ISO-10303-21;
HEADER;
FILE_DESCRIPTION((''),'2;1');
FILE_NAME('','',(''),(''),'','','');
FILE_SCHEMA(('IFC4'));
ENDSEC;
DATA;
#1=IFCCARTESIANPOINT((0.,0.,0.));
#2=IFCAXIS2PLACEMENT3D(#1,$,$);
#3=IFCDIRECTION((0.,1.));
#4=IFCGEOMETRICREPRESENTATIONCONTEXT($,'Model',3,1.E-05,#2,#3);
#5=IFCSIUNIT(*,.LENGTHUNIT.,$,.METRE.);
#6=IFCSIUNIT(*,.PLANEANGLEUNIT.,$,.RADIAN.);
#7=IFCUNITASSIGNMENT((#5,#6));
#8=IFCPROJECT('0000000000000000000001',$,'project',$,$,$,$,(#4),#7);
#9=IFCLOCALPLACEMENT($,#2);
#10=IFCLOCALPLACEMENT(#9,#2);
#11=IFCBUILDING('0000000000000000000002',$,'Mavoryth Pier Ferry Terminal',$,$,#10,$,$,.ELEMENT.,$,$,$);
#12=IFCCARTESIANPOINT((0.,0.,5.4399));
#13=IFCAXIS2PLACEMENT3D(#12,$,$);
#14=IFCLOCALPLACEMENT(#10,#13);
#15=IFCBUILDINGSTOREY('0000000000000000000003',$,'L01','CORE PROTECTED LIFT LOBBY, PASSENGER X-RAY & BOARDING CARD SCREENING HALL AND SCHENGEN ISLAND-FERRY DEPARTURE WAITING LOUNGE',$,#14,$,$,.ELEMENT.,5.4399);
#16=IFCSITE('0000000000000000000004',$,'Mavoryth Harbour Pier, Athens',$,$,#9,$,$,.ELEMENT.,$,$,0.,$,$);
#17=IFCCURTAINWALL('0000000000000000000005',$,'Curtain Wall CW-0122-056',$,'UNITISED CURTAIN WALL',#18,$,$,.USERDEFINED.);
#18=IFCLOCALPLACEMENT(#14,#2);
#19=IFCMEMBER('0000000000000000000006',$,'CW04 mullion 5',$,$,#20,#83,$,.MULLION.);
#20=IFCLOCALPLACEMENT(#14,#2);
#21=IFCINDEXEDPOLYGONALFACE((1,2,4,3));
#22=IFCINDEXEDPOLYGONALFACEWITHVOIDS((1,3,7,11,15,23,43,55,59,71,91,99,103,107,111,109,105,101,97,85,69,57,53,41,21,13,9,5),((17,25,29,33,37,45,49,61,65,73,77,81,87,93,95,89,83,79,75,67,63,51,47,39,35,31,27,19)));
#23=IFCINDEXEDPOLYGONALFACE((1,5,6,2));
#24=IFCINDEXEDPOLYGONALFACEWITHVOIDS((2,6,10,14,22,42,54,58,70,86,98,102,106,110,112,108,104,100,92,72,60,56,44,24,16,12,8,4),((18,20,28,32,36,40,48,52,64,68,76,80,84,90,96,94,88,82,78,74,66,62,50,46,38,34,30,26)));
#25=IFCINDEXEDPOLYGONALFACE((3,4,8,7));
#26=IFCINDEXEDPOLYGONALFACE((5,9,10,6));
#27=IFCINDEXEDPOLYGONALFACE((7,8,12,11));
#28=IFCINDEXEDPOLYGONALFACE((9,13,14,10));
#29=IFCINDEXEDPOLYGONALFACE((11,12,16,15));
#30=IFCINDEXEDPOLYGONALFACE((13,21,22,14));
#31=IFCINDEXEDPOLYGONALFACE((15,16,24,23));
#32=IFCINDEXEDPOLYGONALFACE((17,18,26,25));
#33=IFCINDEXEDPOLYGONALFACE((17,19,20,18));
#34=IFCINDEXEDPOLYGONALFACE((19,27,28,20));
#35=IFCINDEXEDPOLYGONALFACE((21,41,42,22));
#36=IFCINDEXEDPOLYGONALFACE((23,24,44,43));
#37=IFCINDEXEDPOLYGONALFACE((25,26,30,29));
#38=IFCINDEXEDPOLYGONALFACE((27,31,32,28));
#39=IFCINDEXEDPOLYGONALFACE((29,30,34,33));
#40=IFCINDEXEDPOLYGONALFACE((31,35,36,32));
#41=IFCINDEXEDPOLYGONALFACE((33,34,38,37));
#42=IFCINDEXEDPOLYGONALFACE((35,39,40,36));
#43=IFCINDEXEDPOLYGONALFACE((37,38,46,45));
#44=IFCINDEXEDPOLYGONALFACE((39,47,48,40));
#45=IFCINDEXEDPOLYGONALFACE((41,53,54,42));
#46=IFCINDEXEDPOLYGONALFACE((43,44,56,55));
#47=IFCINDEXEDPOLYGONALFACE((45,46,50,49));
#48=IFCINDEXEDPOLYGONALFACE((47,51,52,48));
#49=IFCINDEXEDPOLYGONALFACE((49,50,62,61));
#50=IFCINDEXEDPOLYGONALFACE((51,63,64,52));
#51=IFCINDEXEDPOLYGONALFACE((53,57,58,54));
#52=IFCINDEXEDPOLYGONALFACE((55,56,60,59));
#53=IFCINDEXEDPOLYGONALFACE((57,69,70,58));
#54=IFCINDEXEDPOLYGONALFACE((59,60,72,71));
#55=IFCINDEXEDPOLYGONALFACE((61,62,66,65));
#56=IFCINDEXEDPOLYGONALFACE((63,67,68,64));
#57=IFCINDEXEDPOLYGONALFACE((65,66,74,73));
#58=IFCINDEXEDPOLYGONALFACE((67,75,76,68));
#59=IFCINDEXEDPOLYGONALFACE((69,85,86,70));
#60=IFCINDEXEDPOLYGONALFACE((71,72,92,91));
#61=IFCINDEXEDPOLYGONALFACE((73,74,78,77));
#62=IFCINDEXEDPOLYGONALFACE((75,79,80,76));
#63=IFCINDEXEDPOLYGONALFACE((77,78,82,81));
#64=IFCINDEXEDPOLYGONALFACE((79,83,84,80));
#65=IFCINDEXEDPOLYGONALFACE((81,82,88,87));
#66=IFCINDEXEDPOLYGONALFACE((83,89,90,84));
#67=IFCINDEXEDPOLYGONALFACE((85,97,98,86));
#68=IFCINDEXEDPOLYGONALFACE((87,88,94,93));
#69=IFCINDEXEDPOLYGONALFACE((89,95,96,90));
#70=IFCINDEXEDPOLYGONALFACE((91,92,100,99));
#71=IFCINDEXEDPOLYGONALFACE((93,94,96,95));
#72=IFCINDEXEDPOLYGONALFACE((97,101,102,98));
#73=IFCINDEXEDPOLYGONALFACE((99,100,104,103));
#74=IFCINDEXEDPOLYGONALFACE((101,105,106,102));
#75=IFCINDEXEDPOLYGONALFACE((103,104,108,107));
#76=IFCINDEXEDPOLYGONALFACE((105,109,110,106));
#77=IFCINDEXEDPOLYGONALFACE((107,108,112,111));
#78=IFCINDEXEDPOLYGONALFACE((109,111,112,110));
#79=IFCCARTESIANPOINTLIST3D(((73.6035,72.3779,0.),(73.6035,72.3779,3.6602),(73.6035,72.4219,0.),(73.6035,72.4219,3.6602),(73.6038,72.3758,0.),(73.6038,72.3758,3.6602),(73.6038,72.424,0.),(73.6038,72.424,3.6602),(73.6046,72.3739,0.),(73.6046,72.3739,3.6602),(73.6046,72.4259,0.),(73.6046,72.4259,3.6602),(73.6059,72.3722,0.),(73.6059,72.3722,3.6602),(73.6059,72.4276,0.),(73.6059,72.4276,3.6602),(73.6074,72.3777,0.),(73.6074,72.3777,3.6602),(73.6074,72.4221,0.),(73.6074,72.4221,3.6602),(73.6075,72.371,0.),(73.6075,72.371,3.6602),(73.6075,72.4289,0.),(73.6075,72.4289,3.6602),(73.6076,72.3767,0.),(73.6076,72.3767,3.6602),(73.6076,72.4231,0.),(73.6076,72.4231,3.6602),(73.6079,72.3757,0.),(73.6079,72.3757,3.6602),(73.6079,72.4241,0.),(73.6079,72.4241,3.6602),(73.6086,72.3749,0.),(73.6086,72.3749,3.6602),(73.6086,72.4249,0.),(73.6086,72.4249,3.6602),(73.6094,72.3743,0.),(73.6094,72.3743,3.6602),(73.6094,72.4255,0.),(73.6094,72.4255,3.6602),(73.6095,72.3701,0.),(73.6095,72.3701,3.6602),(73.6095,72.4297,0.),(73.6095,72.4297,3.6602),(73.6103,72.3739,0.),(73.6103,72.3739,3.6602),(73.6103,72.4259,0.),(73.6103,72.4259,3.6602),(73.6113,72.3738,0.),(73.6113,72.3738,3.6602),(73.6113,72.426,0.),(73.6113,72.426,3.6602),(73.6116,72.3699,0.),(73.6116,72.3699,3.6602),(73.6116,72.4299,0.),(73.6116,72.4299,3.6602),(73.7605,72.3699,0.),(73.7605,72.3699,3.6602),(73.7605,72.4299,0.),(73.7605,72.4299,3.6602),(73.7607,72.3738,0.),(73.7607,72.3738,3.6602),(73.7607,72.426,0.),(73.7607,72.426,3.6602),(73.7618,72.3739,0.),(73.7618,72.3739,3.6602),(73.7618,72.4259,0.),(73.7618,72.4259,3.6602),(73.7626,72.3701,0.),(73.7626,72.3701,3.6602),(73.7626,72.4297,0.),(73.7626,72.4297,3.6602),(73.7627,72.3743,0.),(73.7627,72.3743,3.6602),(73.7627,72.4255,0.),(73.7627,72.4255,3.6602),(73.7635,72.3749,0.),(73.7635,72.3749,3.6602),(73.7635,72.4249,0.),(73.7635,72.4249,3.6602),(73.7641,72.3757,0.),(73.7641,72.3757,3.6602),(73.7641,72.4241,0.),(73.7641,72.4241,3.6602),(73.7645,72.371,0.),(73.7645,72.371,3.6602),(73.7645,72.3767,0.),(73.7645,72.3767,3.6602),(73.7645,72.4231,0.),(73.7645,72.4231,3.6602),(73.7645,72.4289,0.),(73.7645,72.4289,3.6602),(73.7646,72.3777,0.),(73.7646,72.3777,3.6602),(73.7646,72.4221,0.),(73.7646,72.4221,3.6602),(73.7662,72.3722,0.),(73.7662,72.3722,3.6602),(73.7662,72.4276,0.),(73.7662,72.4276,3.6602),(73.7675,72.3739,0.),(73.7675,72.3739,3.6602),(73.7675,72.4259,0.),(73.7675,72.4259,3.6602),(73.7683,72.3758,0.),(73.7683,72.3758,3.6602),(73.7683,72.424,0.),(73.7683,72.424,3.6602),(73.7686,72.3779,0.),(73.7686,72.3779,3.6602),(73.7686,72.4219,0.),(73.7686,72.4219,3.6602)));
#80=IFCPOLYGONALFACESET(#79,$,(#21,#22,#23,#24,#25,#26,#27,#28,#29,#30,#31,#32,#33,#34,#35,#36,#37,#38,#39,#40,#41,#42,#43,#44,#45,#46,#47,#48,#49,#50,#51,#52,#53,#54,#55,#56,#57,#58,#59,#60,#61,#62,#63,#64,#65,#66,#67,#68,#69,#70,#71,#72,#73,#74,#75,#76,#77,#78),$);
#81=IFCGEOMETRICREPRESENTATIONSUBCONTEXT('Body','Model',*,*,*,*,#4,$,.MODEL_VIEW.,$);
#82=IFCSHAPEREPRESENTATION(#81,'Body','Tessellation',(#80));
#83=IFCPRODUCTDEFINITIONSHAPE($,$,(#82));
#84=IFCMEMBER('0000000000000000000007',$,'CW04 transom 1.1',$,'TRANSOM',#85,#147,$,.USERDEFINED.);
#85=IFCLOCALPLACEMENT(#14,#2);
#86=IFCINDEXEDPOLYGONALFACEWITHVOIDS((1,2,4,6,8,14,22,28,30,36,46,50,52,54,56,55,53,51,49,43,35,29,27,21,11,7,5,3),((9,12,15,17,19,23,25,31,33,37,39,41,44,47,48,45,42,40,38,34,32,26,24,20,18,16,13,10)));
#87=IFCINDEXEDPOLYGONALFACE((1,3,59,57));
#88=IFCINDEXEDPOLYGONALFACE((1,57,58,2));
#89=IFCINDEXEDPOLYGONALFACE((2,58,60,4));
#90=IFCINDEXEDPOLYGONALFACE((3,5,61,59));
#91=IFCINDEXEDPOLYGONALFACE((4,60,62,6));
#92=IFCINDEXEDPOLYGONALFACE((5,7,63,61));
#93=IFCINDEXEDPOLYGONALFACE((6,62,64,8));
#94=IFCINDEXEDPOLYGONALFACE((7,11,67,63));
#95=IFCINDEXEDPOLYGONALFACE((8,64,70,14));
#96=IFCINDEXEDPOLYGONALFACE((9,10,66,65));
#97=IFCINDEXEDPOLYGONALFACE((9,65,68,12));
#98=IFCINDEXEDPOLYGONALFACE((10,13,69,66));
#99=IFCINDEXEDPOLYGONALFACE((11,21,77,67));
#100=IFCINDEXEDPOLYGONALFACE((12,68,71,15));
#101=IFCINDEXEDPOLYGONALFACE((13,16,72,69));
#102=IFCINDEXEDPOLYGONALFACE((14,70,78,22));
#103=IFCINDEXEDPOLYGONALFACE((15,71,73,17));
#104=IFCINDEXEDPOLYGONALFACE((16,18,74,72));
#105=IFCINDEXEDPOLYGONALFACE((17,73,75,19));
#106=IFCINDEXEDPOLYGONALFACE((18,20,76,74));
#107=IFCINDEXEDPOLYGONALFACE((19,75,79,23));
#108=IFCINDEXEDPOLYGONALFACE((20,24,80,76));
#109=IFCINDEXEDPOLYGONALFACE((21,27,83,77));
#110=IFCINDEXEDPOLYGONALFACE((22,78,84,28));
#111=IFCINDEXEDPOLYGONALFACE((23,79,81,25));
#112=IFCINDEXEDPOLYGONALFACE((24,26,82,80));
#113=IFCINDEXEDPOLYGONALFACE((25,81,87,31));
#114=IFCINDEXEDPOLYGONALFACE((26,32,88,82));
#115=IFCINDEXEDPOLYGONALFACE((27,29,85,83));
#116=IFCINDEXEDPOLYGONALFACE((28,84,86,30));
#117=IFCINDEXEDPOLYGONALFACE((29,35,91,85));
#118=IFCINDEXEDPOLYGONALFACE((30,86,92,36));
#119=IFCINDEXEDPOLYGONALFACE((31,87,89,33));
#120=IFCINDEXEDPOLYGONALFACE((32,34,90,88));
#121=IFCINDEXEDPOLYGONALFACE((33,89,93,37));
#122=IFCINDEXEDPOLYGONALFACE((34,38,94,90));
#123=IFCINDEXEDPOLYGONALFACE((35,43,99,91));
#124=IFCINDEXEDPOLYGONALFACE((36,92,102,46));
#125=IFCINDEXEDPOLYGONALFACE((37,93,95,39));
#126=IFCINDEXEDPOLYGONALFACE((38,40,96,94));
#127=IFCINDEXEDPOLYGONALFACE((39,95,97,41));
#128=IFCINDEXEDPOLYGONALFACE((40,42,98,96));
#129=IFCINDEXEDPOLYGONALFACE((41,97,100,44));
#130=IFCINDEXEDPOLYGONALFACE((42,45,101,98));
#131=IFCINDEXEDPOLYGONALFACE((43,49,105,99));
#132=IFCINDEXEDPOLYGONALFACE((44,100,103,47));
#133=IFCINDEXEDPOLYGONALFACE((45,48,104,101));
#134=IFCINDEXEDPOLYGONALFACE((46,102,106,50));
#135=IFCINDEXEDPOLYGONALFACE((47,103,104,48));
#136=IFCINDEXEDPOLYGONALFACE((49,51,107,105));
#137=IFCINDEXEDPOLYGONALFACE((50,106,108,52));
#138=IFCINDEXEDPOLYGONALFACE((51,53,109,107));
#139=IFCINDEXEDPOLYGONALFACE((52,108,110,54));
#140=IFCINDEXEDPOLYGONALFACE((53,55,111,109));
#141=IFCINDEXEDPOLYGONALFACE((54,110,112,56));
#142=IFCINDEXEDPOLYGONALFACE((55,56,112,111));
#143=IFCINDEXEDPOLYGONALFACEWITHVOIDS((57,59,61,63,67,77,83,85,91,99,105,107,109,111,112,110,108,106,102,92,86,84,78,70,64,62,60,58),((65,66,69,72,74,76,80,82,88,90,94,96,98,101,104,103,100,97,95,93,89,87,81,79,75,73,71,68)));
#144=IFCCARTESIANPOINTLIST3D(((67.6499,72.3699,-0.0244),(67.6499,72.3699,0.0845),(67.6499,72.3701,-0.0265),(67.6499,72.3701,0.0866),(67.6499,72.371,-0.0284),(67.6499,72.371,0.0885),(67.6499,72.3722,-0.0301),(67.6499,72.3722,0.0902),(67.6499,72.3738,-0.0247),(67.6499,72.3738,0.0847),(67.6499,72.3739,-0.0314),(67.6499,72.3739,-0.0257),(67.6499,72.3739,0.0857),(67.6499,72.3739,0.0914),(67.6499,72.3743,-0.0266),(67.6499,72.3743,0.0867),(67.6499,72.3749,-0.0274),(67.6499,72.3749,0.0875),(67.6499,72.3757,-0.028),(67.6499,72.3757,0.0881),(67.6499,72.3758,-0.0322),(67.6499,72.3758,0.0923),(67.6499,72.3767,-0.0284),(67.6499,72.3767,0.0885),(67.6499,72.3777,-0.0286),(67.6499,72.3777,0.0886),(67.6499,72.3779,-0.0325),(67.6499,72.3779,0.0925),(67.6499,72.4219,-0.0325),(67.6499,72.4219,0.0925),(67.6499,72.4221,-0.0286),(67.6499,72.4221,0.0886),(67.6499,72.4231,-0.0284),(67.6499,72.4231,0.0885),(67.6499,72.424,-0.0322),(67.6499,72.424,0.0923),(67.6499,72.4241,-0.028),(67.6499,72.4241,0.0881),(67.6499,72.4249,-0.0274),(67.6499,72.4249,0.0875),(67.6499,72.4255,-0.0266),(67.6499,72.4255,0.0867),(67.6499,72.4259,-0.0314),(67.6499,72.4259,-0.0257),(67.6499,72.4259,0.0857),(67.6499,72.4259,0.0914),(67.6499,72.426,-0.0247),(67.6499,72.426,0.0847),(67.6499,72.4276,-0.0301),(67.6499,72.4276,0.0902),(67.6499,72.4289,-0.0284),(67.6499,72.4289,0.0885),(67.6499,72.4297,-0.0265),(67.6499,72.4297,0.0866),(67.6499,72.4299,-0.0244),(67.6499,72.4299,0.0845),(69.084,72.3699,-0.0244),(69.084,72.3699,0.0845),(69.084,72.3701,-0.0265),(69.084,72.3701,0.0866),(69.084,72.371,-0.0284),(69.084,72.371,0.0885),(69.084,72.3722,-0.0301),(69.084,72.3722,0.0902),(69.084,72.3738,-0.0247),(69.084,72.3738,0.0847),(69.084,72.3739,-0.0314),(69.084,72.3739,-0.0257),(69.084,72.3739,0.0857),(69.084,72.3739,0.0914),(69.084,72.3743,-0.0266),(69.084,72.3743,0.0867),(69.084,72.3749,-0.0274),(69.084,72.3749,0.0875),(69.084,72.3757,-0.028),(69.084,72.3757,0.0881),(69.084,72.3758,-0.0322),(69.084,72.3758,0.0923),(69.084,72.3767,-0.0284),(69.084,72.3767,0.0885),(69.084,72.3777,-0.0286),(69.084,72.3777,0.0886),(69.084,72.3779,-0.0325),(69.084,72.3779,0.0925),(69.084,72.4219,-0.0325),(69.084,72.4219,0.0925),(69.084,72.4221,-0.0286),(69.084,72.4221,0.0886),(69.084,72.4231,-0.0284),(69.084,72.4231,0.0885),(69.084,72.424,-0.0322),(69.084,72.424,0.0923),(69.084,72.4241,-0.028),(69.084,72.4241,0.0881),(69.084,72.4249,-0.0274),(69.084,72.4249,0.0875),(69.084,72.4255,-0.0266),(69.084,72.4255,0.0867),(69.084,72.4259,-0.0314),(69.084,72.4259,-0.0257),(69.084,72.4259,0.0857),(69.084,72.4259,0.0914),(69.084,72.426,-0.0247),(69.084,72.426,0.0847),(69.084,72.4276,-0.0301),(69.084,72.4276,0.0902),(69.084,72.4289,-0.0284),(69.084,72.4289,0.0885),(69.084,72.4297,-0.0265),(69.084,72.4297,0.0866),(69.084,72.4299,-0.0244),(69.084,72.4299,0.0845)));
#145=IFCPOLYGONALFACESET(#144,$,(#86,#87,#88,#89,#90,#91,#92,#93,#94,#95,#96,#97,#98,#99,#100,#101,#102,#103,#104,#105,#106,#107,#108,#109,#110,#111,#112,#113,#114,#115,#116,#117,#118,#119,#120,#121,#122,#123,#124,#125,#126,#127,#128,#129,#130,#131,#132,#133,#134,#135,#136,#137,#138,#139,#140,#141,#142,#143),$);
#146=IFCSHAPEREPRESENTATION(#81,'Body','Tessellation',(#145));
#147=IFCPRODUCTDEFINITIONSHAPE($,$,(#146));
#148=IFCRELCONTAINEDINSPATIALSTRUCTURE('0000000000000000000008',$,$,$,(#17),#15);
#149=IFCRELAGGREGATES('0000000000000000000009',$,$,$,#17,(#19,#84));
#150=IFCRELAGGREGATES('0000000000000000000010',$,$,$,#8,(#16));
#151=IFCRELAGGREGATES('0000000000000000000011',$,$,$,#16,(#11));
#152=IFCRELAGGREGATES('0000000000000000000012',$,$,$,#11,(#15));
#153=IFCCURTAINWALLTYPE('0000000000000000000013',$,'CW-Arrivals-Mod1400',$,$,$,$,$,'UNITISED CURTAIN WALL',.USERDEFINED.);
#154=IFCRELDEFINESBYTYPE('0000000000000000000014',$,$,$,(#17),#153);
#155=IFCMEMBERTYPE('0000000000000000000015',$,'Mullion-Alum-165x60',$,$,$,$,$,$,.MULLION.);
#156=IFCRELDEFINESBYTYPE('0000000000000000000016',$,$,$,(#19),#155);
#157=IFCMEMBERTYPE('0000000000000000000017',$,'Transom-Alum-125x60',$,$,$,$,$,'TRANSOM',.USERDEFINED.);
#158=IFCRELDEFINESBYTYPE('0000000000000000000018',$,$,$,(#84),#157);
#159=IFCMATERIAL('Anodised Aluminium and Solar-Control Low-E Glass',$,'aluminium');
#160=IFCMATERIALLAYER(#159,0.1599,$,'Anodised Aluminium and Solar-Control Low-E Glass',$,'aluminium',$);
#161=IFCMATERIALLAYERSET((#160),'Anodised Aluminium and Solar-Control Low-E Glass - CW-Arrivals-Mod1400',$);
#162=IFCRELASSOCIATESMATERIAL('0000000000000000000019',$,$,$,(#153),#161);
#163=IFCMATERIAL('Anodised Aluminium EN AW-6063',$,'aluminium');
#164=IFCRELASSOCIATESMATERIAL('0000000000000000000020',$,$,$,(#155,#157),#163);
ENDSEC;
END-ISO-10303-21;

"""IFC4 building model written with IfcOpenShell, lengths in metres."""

from ifc_helpers import new_model, si_unit, direction, frame, origin, origin_2d, place, context, subcontext, project, spatial, hollow_rectangle, extrude, material, layer, layer_set, material_profile, profile_set, type_object, element, aggregate, save


model = new_model("IFC4")

# Units and contexts
model_context = context("Model", 3, precision=1e-05, world=origin(), true_north=direction((0.0, 1.0)))
body_context = subcontext(model_context, "Body", "Model", "MODEL_VIEW")
ifc_project = project(units=[si_unit("LENGTHUNIT", "METRE"), si_unit("PLANEANGLEUNIT", "RADIAN")], contexts=[model_context])

# Site, building, storey
site_placement = place(None, origin())
site = spatial("IfcSite", under=ifc_project, at=site_placement, Name="Mavoryth Harbour Pier, Athens", CompositionType="ELEMENT", RefElevation=0.0)
building_placement = place(site_placement, origin())
building = spatial("IfcBuilding", under=site, at=building_placement, Name="Mavoryth Pier Ferry Terminal", CompositionType="ELEMENT")
storey_placement = place(building_placement, frame((0.0, 0.0, 5.4399)))
storey = spatial("IfcBuildingStorey", under=building, at=storey_placement, Name="L01", Description="CORE PROTECTED LIFT LOBBY, PASSENGER X-RAY & BOARDING CARD SCREENING HALL AND SCHENGEN ISLAND-FERRY DEPARTURE WAITING LOUNGE", CompositionType="ELEMENT", Elevation=5.4399)

# Curtain wall, members
ifc_material_1 = material(Name="Anodised Aluminium and Solar-Control Low-E Glass", Category="aluminium")
ifc_layer_1 = layer(ifc_material_1, 0.1599, Name="Anodised Aluminium and Solar-Control Low-E Glass", Category="aluminium")
ifc_layer_set_1 = layer_set([ifc_layer_1], Name="Anodised Aluminium and Solar-Control Low-E Glass - CW-Arrivals-Mod1400")
curtain_wall_type = type_object("IfcCurtainWallType", Name="CW-Arrivals-Mod1400", ElementType="UNITISED CURTAIN WALL", PredefinedType="USERDEFINED", material=ifc_layer_set_1)
curtain_wall_placement = place(storey_placement, origin())
curtain_wall = element("IfcCurtainWall", 1, at=curtain_wall_placement, inside=storey, type_object=curtain_wall_type, Name="Curtain Wall CW-0122-056", ObjectType="UNITISED CURTAIN WALL", PredefinedType="USERDEFINED")
ifc_material_2 = material(Name="Anodised Aluminium EN AW-6063", Category="aluminium")
ifc_material_profile_1 = material_profile(ifc_material_2, hollow_rectangle(XDim=0.0601, YDim=0.165, WallThickness=0.0039, InnerFilletRadius=0.0039, OuterFilletRadius=0.0081, at=origin_2d()), Name="AL-MULL 165x60x4", Category="aluminium")
ifc_profile_set_1 = profile_set([ifc_material_profile_1], Name="Anodised Aluminium EN AW-6063 - AL-MULL 165x60x4")
member_type_1 = type_object("IfcMemberType", Name="Mullion-Alum-165x60", PredefinedType="MULLION", material=ifc_profile_set_1)
member_1_placement = place(storey_placement, frame((73.686, 72.3999, 0.0), z_axis=(0.0, 0.0, 1.0), x_axis=(0.0, 1.0, 0.0)))
member_1 = element("IfcMember", 2, at=member_1_placement, type_object=member_type_1, Name="CW04 mullion 5", PredefinedType="MULLION", context=body_context, shape_type="SweptSolid", body=[
    extrude(hollow_rectangle(XDim=0.0601, YDim=0.165, WallThickness=0.0039, InnerFilletRadius=0.0039, OuterFilletRadius=0.0081, at=origin_2d()), origin(), (0.0, 0.0, 1.0), 3.6602),
])
ifc_material_profile_2 = material_profile(ifc_material_2, hollow_rectangle(XDim=0.0601, YDim=0.125, WallThickness=0.0039, InnerFilletRadius=0.0039, OuterFilletRadius=0.0081, at=origin_2d()), Name="AL-TRAN 125x60x4", Category="aluminium")
ifc_profile_set_2 = profile_set([ifc_material_profile_2], Name="Anodised Aluminium EN AW-6063 - AL-TRAN 125x60x4")
member_type_2 = type_object("IfcMemberType", Name="Transom-Alum-125x60", ElementType="TRANSOM", PredefinedType="USERDEFINED", material=ifc_profile_set_2)
member_2_placement = place(storey_placement, frame((67.6499, 72.3999, 0.03), z_axis=(1.0, 0.0, 0.0), x_axis=(0.0, 1.0, 0.0)))
member_2 = element("IfcMember", 3, at=member_2_placement, type_object=member_type_2, Name="CW04 transom 1.1", ObjectType="TRANSOM", PredefinedType="USERDEFINED", context=body_context, shape_type="SweptSolid", body=[
    extrude(hollow_rectangle(XDim=0.0601, YDim=0.125, WallThickness=0.0039, InnerFilletRadius=0.0039, OuterFilletRadius=0.0081, at=origin_2d()), origin(), (0.0, 0.0, 1.0), 1.4341),
])
aggregate(curtain_wall, [member_1, member_2])

save(model, "model.ifc")
